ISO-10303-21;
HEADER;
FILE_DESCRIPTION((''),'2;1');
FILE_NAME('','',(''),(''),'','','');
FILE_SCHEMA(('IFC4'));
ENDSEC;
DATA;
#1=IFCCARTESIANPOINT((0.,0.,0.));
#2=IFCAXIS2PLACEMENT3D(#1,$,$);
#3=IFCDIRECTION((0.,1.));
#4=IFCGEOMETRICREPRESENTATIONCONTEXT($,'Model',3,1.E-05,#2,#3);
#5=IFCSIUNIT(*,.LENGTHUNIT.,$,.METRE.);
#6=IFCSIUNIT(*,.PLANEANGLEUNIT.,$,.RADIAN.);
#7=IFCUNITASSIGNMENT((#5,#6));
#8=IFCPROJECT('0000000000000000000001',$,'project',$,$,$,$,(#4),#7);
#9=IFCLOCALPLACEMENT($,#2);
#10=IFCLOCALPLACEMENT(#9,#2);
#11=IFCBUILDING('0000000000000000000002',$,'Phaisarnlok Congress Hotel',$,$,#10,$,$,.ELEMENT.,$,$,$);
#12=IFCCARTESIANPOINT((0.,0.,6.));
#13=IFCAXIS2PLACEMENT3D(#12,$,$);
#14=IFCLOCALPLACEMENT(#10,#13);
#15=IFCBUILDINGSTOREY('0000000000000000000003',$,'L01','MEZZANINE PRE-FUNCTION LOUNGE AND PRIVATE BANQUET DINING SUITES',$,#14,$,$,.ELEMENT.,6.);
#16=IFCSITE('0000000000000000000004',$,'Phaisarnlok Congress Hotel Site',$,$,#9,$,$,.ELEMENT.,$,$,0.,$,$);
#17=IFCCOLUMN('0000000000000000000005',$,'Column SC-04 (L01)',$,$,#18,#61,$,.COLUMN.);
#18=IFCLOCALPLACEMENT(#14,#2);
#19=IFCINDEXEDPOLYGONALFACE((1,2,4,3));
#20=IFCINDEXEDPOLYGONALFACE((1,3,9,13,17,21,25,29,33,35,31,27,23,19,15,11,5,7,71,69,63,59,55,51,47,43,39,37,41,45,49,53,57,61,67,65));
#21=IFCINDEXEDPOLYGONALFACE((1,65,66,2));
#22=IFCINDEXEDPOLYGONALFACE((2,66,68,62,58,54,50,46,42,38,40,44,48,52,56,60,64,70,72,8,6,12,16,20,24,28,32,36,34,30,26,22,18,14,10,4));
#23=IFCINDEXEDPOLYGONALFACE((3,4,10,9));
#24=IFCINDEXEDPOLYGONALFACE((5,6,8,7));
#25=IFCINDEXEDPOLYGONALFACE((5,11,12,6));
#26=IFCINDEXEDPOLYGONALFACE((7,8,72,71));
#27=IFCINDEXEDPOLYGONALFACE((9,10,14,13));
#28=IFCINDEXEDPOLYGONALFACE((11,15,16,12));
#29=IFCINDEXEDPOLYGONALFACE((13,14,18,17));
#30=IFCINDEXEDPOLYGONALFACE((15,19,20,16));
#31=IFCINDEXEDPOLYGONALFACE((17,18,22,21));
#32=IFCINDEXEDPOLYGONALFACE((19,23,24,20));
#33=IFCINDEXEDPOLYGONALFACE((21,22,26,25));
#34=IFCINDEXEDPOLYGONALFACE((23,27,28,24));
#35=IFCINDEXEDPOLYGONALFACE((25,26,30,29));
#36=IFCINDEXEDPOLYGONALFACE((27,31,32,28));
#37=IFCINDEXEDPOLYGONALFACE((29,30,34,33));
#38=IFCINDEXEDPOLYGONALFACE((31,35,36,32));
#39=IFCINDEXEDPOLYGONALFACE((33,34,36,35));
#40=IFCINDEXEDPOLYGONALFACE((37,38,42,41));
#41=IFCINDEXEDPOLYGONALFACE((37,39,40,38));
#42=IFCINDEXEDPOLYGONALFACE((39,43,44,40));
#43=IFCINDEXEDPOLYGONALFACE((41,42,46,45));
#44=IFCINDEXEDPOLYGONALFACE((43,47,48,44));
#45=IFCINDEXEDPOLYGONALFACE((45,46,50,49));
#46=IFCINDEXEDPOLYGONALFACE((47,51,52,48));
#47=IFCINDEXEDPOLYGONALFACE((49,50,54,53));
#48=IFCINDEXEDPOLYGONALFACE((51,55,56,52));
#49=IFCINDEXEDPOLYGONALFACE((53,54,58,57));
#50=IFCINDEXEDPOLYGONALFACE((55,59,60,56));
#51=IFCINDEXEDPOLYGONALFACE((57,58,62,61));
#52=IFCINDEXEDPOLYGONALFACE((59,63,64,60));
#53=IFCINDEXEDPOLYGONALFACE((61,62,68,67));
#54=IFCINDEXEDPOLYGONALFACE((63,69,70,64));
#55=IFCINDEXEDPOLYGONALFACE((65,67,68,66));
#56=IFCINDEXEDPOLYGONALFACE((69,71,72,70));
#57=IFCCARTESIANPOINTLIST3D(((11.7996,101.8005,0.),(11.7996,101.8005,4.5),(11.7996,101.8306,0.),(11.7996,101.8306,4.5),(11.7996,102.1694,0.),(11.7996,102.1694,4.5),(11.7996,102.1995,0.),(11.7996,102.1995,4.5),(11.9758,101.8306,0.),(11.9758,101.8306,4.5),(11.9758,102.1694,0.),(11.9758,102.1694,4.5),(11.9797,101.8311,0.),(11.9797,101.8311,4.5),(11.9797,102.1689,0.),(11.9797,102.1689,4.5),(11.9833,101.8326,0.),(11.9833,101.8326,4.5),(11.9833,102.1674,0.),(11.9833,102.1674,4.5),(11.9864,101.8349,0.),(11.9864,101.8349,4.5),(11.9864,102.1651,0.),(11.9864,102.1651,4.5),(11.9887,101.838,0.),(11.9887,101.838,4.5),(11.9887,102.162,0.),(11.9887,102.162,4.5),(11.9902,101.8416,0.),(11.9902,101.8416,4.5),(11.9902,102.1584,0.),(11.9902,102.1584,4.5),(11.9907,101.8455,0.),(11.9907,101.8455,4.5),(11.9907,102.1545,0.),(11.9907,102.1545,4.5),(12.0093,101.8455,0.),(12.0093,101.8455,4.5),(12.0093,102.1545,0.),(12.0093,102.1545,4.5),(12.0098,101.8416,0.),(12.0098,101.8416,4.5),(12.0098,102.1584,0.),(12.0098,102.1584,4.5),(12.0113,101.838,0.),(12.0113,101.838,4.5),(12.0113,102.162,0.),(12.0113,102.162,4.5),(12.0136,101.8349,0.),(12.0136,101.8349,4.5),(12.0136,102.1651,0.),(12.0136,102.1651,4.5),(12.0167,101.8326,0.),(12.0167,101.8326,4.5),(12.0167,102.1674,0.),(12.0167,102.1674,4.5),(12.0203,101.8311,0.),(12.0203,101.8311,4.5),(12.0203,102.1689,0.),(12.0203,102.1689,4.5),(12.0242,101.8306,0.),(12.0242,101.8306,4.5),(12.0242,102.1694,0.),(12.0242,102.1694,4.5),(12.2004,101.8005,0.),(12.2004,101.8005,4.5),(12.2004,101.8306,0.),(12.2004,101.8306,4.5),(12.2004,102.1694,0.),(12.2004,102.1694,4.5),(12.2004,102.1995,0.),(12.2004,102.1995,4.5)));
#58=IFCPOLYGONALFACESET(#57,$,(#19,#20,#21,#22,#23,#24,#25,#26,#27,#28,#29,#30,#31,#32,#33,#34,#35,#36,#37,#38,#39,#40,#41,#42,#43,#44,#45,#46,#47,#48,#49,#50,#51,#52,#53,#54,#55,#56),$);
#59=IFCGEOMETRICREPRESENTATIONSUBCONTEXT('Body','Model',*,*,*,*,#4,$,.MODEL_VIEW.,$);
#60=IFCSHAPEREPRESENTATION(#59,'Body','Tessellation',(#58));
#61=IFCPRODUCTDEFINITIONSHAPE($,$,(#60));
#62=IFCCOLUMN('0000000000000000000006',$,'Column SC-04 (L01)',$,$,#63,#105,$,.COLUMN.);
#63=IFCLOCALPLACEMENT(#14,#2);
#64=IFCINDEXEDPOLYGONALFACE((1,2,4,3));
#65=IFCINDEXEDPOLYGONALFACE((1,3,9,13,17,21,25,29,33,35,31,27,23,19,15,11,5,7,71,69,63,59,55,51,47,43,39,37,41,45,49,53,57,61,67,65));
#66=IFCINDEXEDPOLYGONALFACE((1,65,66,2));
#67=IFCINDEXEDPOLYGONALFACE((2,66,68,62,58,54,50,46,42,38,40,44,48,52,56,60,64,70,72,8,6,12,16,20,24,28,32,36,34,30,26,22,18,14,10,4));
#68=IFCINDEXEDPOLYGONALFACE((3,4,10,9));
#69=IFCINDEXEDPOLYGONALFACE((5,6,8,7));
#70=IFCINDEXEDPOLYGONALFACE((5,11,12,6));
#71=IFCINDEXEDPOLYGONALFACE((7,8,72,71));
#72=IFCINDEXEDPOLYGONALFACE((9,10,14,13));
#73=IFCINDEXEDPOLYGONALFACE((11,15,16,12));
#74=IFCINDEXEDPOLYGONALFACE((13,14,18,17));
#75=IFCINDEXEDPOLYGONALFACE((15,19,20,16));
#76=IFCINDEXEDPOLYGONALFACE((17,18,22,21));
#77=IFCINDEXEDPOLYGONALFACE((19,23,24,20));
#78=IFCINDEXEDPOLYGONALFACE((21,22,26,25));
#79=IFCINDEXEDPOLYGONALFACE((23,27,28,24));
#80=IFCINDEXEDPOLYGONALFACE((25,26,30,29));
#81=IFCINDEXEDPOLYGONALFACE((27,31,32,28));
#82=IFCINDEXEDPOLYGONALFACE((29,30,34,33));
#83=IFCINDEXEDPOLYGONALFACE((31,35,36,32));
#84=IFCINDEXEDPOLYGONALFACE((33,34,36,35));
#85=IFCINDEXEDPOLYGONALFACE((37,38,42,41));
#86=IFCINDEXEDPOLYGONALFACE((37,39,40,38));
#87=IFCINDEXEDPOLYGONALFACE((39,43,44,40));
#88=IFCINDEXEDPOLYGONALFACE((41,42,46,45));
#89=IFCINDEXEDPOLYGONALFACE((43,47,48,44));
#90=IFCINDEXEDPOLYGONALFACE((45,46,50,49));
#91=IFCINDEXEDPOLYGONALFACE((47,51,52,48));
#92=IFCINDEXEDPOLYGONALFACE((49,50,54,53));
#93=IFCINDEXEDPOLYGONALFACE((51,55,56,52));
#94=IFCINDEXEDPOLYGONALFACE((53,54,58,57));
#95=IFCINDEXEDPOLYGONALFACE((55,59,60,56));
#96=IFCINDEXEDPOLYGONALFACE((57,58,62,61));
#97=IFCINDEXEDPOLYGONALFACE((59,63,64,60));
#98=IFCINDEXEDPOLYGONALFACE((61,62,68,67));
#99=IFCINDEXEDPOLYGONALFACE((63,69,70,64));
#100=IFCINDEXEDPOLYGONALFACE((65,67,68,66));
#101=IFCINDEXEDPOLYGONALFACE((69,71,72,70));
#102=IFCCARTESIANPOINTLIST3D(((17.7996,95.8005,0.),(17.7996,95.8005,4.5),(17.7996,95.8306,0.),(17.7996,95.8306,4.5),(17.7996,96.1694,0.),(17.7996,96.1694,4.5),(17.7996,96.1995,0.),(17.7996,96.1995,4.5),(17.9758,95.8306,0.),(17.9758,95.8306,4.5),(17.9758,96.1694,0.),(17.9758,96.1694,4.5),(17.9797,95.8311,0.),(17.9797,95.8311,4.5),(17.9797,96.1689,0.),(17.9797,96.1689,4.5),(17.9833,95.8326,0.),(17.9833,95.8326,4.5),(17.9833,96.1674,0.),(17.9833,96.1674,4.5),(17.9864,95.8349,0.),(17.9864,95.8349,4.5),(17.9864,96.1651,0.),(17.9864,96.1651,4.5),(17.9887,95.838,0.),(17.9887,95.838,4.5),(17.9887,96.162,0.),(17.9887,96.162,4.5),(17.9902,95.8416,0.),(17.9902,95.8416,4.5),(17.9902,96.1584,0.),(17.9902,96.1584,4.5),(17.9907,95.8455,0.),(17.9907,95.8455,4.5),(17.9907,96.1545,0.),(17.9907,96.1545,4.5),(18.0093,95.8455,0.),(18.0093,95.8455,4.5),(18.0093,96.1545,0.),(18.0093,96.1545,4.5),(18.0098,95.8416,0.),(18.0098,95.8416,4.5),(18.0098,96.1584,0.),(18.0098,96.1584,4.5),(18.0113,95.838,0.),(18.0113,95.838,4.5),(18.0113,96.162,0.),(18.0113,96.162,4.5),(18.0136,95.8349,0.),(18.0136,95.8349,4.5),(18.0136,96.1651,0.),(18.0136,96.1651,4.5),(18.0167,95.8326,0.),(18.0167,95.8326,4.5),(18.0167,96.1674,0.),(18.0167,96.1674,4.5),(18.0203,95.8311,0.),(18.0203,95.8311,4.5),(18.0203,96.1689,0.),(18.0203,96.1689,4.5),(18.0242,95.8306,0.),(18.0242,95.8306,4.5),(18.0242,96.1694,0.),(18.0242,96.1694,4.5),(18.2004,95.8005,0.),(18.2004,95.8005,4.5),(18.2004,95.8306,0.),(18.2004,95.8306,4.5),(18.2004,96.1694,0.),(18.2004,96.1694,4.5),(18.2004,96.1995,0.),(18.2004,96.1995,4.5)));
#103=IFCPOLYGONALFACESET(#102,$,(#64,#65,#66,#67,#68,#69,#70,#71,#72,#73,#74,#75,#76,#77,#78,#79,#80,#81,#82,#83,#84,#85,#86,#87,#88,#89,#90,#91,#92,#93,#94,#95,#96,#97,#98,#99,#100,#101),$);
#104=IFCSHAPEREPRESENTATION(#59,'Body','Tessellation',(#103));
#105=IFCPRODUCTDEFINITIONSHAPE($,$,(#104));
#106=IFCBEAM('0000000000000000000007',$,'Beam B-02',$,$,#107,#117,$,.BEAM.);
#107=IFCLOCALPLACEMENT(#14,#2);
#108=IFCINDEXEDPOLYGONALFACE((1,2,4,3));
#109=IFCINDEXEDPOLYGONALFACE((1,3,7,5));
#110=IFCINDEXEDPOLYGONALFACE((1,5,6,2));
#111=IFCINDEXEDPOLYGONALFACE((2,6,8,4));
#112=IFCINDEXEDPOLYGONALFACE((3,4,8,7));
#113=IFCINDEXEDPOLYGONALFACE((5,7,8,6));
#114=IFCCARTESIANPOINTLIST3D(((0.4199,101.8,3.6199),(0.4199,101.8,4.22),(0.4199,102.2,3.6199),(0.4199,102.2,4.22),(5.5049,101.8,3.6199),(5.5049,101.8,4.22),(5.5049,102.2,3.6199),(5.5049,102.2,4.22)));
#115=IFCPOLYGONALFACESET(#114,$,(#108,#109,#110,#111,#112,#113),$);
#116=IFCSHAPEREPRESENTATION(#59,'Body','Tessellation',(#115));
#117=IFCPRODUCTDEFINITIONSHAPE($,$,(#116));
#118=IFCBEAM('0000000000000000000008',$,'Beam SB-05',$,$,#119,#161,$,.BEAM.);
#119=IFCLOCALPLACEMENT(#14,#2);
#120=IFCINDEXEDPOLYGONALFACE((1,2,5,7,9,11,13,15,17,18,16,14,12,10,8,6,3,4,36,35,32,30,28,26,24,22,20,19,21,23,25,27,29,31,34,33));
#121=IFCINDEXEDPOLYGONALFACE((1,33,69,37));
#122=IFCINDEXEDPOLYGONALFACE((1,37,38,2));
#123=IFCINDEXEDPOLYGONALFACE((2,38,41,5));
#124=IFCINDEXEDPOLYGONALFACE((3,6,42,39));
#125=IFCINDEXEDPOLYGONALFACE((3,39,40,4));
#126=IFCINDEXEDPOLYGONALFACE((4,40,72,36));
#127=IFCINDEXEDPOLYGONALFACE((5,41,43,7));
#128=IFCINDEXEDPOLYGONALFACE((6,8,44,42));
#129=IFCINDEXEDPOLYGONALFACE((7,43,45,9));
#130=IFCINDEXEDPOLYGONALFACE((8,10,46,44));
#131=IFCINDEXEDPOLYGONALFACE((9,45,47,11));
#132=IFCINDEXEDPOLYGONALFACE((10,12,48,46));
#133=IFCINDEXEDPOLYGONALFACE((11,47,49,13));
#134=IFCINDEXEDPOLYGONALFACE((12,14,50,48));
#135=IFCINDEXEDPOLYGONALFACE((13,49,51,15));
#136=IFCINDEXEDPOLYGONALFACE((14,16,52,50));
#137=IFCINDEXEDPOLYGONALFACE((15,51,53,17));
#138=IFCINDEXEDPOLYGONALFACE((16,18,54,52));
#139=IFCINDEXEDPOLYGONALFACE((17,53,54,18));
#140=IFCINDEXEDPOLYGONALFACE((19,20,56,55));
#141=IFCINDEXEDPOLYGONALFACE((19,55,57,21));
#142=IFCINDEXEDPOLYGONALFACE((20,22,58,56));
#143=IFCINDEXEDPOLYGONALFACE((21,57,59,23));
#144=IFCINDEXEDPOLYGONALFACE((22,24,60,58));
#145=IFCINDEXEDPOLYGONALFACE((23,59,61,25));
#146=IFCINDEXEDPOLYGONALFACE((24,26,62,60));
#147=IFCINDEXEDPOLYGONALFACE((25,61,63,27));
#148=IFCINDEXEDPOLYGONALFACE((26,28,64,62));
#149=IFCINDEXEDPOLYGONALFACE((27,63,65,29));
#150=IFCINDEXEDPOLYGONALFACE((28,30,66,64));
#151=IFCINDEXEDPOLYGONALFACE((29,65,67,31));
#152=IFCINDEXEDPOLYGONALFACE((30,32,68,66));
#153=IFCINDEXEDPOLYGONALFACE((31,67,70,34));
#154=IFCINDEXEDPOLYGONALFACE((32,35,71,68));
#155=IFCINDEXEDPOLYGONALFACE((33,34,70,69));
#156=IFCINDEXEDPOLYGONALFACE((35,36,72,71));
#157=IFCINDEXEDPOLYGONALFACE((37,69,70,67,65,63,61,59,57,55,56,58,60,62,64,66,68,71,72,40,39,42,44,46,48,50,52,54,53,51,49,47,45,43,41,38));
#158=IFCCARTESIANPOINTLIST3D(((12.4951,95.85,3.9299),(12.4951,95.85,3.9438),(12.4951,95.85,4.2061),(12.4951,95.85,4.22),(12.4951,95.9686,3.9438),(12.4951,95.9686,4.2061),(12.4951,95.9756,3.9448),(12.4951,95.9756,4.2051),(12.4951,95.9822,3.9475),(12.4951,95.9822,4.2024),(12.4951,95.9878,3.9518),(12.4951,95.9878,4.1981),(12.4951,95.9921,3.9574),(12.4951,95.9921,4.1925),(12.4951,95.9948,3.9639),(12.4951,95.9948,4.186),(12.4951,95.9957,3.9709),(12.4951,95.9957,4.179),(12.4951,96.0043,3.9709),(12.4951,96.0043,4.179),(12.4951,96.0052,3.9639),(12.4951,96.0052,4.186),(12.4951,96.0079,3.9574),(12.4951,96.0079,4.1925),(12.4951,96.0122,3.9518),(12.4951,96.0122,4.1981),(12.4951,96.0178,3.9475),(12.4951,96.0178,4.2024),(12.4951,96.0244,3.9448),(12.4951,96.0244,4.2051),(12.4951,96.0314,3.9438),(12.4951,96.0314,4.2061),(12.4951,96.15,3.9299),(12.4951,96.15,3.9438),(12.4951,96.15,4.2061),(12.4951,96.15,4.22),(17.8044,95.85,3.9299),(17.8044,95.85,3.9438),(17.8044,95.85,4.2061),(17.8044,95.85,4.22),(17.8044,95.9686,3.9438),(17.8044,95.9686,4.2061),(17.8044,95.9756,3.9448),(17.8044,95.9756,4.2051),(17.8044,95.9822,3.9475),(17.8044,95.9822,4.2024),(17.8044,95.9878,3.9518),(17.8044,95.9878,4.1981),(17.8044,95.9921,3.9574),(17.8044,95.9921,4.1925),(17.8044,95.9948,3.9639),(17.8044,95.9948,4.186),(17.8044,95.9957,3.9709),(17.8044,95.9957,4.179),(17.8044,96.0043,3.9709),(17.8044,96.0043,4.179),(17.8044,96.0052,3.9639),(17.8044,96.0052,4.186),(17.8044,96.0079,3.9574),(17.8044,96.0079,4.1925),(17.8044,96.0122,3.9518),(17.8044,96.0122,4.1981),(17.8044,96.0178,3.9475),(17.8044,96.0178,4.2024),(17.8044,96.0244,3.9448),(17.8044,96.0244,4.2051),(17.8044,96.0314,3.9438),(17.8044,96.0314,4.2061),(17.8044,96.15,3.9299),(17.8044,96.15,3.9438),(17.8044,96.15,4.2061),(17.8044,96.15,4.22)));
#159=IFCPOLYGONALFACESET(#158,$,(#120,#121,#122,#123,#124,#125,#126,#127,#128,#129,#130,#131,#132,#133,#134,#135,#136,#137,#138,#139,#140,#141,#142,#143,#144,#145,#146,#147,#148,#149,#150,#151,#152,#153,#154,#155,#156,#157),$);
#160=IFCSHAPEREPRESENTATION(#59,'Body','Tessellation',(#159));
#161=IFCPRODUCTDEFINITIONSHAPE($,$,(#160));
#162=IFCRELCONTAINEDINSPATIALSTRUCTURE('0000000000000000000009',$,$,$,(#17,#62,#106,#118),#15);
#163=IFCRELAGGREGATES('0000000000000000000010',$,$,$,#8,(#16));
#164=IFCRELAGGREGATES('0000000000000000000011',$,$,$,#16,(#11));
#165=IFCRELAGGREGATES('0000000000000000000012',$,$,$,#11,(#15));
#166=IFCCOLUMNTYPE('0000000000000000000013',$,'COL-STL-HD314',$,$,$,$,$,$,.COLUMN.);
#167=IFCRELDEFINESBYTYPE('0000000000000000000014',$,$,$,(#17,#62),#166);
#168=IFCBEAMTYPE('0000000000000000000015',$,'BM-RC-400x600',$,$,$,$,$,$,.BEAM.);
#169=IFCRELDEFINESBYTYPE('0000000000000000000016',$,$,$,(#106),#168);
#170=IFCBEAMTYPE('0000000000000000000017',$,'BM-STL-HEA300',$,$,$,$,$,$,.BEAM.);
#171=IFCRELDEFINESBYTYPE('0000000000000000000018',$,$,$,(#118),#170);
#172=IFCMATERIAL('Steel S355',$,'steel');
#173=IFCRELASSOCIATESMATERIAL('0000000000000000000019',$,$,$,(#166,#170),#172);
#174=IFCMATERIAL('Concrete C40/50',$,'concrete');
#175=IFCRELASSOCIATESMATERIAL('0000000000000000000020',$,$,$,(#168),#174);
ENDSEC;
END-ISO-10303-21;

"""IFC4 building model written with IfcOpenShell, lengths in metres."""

from ifc_helpers import new_model, si_unit, direction, frame, origin, origin_2d, place, context, subcontext, project, spatial, rectangle, i_section, extrude, material, material_profile, profile_set, type_object, element, save


model = new_model("IFC4")

# Units and contexts
model_context = context("Model", 3, precision=1e-05, world=origin(), true_north=direction((0.0, 1.0)))
body_context = subcontext(model_context, "Body", "Model", "MODEL_VIEW")
ifc_project = project(units=[si_unit("LENGTHUNIT", "METRE"), si_unit("PLANEANGLEUNIT", "RADIAN")], contexts=[model_context])

# Site, building, storey
site_placement = place(None, origin())
site = spatial("IfcSite", under=ifc_project, at=site_placement, Name="Phaisarnlok Congress Hotel Site", CompositionType="ELEMENT", RefElevation=0.0)
building_placement = place(site_placement, origin())
building = spatial("IfcBuilding", under=site, at=building_placement, Name="Phaisarnlok Congress Hotel", CompositionType="ELEMENT")
storey_placement = place(building_placement, frame((0.0, 0.0, 6.0)))
storey = spatial("IfcBuildingStorey", under=building, at=storey_placement, Name="L01", Description="MEZZANINE PRE-FUNCTION LOUNGE AND PRIVATE BANQUET DINING SUITES", CompositionType="ELEMENT", Elevation=6.0)

# Columns
ifc_material_1 = material(Name="Steel S355", Category="steel")
ifc_material_profile_1 = material_profile(ifc_material_1, i_section(OverallWidth=0.4009, OverallDepth=0.3989, WebThickness=0.0186, FlangeThickness=0.03, FilletRadius=0.0149, at=origin_2d()), Name="HD 400x314")
ifc_profile_set_1 = profile_set([ifc_material_profile_1], Name="Steel S355")
column_type_1 = type_object("IfcColumnType", Name="COL-STL-HD314", PredefinedType="COLUMN", material=ifc_profile_set_1)
for number, where, z_axis, x_axis, name in (
    (1, (12.0, 102.0, 0.0), (0.0, 0.0, 1.0), (1.0, 0.0, 0.0), "Column SC-04 (L01)"),
    (2, (18.0, 96.0, 0.0), (0.0, 0.0, 1.0), (1.0, 0.0, 0.0), "Column SC-04 (L01)"),
):
    element("IfcColumn", number, at=place(storey_placement, frame(where, z_axis=z_axis, x_axis=x_axis)), inside=storey, type_object=column_type_1, Name=name, PredefinedType="COLUMN", context=body_context, shape_type="SweptSolid", body=[
        extrude(i_section(OverallWidth=0.4009, OverallDepth=0.3989, WebThickness=0.0186, FlangeThickness=0.03, FilletRadius=0.0149, at=origin_2d()), origin(), (0.0, 0.0, 1.0), 4.5),
    ])

# Beams
ifc_material_2 = material(Name="Concrete C40/50", Category="concrete")
ifc_material_profile_2 = material_profile(ifc_material_2, rectangle(XDim=0.3999, YDim=0.6001, at=origin_2d()), Name="RC 400x600")
ifc_profile_set_2 = profile_set([ifc_material_profile_2], Name="Concrete C40/50")
beam_type_1 = type_object("IfcBeamType", Name="BM-RC-400x600", PredefinedType="BEAM", material=ifc_profile_set_2)
beam_1_placement = place(storey_placement, frame((0.4199, 102.0, 3.9199), z_axis=(1.0, 0.0, 0.0), x_axis=(0.0, 1.0, 0.0)))
element("IfcBeam", 3, at=beam_1_placement, inside=storey, type_object=beam_type_1, Name="Beam B-02", PredefinedType="BEAM", context=body_context, shape_type="SweptSolid", body=[
    extrude(rectangle(XDim=0.3999, YDim=0.6001, at=origin_2d()), origin(), (0.0, 0.0, 1.0), 5.085),
])
ifc_material_profile_3 = material_profile(ifc_material_1, i_section(OverallWidth=0.3, OverallDepth=0.29, WebThickness=0.0085, FlangeThickness=0.0139, FilletRadius=0.0271, at=origin_2d()), Name="HEA 300")
ifc_profile_set_3 = profile_set([ifc_material_profile_3], Name="Steel S355")
beam_type_2 = type_object("IfcBeamType", Name="BM-STL-HEA300", PredefinedType="BEAM", material=ifc_profile_set_3)
beam_2_placement = place(storey_placement, frame((12.4951, 96.0, 4.075), z_axis=(1.0, 0.0, 0.0), x_axis=(0.0, 1.0, 0.0)))
element("IfcBeam", 4, at=beam_2_placement, inside=storey, type_object=beam_type_2, Name="Beam SB-05", PredefinedType="BEAM", context=body_context, shape_type="SweptSolid", body=[
    extrude(i_section(OverallWidth=0.3, OverallDepth=0.29, WebThickness=0.0085, FlangeThickness=0.0139, FilletRadius=0.0271, at=origin_2d()), origin(), (0.0, 0.0, 1.0), 5.3093),
])

save(model, "model.ifc")
